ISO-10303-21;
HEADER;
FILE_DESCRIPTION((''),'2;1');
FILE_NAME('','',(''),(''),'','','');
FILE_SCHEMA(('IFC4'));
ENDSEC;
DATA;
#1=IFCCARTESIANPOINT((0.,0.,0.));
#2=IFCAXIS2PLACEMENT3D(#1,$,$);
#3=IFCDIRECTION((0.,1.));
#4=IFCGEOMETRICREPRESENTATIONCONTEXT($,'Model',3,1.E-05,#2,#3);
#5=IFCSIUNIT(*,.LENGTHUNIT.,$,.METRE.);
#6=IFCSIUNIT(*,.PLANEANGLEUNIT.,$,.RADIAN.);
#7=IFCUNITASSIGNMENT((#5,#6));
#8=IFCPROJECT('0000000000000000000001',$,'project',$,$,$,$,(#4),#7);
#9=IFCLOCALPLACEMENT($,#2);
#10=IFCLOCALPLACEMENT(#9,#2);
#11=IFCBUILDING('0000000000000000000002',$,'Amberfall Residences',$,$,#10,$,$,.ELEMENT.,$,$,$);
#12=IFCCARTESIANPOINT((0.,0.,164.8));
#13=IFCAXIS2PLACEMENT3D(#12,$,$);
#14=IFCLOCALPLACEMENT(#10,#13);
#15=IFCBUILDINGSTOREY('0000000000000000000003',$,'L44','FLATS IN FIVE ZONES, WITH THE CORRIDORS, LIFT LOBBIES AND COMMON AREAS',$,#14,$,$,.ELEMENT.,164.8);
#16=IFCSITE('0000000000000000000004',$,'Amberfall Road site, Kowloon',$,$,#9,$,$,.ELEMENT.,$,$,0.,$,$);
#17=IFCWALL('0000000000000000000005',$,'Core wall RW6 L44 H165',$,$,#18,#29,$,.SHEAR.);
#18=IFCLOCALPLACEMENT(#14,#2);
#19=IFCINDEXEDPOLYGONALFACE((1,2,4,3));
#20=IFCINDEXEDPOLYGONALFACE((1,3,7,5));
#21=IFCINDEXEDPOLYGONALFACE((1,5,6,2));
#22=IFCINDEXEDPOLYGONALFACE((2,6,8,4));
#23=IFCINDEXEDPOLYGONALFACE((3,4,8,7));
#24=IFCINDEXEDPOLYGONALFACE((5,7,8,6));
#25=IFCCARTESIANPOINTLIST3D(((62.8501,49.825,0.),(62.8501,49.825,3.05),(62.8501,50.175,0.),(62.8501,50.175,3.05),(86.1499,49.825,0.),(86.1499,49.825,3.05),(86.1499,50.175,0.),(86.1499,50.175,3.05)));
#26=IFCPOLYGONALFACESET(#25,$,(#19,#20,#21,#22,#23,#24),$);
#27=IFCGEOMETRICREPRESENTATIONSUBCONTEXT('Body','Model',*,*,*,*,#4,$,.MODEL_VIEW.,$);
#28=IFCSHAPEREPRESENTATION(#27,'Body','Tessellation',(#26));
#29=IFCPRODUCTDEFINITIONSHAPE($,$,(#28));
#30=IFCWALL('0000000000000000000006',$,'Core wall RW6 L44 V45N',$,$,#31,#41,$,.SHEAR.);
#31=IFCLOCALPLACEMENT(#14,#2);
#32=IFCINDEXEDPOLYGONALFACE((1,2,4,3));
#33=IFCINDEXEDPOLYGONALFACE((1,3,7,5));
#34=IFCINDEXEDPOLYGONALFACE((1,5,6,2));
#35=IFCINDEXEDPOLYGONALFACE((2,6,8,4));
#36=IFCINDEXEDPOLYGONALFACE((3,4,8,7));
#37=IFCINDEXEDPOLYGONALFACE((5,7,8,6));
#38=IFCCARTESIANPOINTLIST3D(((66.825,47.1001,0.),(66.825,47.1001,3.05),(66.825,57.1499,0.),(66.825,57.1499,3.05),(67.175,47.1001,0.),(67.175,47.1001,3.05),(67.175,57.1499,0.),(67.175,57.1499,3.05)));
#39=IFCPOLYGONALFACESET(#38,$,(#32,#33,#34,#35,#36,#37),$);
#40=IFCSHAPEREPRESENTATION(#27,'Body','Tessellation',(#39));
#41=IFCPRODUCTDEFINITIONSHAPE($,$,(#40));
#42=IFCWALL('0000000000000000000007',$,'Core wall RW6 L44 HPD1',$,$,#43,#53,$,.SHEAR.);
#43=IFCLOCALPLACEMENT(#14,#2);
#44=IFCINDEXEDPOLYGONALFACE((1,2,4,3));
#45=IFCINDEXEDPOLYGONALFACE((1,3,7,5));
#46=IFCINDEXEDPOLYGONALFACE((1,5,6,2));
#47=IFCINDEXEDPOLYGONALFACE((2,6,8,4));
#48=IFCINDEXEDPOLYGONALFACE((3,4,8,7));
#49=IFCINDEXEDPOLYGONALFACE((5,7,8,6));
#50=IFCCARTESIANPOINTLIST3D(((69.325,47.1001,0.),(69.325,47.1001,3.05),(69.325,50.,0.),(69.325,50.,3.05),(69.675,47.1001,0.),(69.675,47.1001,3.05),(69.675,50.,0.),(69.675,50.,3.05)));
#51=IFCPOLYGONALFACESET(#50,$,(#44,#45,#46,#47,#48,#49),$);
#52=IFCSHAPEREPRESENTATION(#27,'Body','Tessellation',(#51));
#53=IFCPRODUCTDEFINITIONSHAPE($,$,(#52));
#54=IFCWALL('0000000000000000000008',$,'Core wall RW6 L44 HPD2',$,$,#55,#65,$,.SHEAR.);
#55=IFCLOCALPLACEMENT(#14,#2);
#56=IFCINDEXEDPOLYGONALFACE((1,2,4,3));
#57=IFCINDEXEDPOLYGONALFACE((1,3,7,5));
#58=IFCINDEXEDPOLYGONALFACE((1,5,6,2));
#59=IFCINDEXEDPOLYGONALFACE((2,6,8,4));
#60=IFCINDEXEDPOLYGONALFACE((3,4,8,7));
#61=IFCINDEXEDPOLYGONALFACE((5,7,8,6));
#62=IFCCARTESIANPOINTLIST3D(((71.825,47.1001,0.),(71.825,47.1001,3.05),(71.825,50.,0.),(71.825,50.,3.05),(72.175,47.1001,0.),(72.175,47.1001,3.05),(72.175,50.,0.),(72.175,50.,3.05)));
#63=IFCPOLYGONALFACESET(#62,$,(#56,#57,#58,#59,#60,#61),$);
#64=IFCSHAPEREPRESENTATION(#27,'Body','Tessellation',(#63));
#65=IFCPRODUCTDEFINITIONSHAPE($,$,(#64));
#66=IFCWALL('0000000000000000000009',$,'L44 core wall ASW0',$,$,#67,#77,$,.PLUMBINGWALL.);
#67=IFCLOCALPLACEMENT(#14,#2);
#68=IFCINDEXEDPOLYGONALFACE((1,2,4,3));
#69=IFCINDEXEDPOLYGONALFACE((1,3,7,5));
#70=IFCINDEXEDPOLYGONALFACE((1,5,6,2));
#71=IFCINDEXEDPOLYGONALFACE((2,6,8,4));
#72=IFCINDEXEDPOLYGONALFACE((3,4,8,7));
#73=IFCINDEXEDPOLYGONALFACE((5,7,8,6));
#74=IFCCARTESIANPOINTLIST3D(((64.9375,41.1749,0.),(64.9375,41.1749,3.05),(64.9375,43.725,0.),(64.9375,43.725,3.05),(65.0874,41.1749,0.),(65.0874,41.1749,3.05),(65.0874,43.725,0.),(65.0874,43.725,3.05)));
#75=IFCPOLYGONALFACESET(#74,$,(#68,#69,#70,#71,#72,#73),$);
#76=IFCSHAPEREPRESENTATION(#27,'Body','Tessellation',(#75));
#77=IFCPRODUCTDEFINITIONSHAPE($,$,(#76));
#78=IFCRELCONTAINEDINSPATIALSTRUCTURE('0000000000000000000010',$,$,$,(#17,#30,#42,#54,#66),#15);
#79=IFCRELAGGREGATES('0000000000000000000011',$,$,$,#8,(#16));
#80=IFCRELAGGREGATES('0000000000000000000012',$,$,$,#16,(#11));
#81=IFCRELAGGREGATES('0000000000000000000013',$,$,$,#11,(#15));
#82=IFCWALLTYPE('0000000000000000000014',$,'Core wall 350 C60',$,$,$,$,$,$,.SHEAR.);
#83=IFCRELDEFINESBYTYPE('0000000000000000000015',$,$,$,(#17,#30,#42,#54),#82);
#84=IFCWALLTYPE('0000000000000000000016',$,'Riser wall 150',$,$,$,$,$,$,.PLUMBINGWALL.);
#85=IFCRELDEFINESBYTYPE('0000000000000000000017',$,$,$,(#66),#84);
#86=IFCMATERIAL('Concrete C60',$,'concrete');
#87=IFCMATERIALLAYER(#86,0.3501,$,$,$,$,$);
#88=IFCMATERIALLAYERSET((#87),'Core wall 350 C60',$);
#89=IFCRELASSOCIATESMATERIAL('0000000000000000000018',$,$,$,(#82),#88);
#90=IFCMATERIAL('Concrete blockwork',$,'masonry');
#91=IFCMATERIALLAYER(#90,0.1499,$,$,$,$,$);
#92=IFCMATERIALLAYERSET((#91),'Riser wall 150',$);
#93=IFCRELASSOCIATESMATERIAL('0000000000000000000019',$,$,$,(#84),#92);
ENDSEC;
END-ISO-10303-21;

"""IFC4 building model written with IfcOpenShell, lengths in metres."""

from ifc_helpers import new_model, si_unit, direction, frame, frame_2d, origin, place, context, subcontext, project, spatial, rectangle, extrude, material, layer, layer_set, type_object, element, save


model = new_model("IFC4")

# Units and contexts
model_context = context("Model", 3, precision=1e-05, world=origin(), true_north=direction((0.0, 1.0)))
body_context = subcontext(model_context, "Body", "Model", "MODEL_VIEW")
ifc_project = project(units=[si_unit("LENGTHUNIT", "METRE"), si_unit("PLANEANGLEUNIT", "RADIAN")], contexts=[model_context])

# Site, building, storey
site_placement = place(None, origin())
site = spatial("IfcSite", under=ifc_project, at=site_placement, Name="Amberfall Road site, Kowloon", CompositionType="ELEMENT", RefElevation=0.0)
building_placement = place(site_placement, origin())
building = spatial("IfcBuilding", under=site, at=building_placement, Name="Amberfall Residences", CompositionType="ELEMENT")
storey_placement = place(building_placement, frame((0.0, 0.0, 164.8)))
storey = spatial("IfcBuildingStorey", under=building, at=storey_placement, Name="L44", Description="FLATS IN FIVE ZONES, WITH THE CORRIDORS, LIFT LOBBIES AND COMMON AREAS", CompositionType="ELEMENT", Elevation=164.8)

# Shared definitions
ifc_material_1 = material(Name="Concrete C60", Category="concrete")
ifc_layer_1 = layer(ifc_material_1, 0.3501)
ifc_layer_set_1 = layer_set([ifc_layer_1], Name="Core wall 350 C60")
wall_type_1 = type_object("IfcWallType", Name="Core wall 350 C60", PredefinedType="SHEAR", material=ifc_layer_set_1)

# Walls
wall_1_placement = place(storey_placement, frame((62.8501, 50.0, 0.0), z_axis=(0.0, 0.0, 1.0), x_axis=(1.0, 0.0, 0.0)))
element("IfcWall", 1, at=wall_1_placement, inside=storey, type_object=wall_type_1, Name="Core wall RW6 L44 H165", PredefinedType="SHEAR", context=body_context, shape_type="SweptSolid", body=[
    extrude(rectangle(XDim=23.2998, YDim=0.3501, at=frame_2d((11.6499, 0.0))), origin(), (0.0, 0.0, 1.0), 3.05),
])
wall_2_placement = place(storey_placement, frame((67.0, 47.1001, 0.0), z_axis=(0.0, 0.0, 1.0), x_axis=(0.0, 1.0, 0.0)))
element("IfcWall", 2, at=wall_2_placement, inside=storey, type_object=wall_type_1, Name="Core wall RW6 L44 V45N", PredefinedType="SHEAR", context=body_context, shape_type="SweptSolid", body=[
    extrude(rectangle(XDim=10.0498, YDim=0.3501, at=frame_2d((5.0249, 0.0))), origin(), (0.0, 0.0, 1.0), 3.05),
])
for number, where, z_axis, x_axis, name in (
    (3, (69.5, 47.1001, 0.0), (0.0, 0.0, 1.0), (0.0, 1.0, 0.0), "Core wall RW6 L44 HPD1"),
    (4, (72.0, 47.1001, 0.0), (0.0, 0.0, 1.0), (0.0, 1.0, 0.0), "Core wall RW6 L44 HPD2"),
):
    element("IfcWall", number, at=place(storey_placement, frame(where, z_axis=z_axis, x_axis=x_axis)), inside=storey, type_object=wall_type_1, Name=name, PredefinedType="SHEAR", context=body_context, shape_type="SweptSolid", body=[
        extrude(rectangle(XDim=2.8999, YDim=0.3501, at=frame_2d((1.45, 0.0))), origin(), (0.0, 0.0, 1.0), 3.05),
    ])
ifc_material_2 = material(Name="Concrete blockwork", Category="masonry")
ifc_layer_2 = layer(ifc_material_2, 0.1499)
ifc_layer_set_2 = layer_set([ifc_layer_2], Name="Riser wall 150")
wall_type_2 = type_object("IfcWallType", Name="Riser wall 150", PredefinedType="PLUMBINGWALL", material=ifc_layer_set_2)
wall_3_placement = place(storey_placement, frame((65.0125, 41.175, 0.0), z_axis=(0.0, 0.0, 1.0), x_axis=(0.0, 1.0, 0.0)))
element("IfcWall", 5, at=wall_3_placement, inside=storey, type_object=wall_type_2, Name="L44 core wall ASW0", PredefinedType="PLUMBINGWALL", context=body_context, shape_type="SweptSolid", body=[
    extrude(rectangle(XDim=2.55, YDim=0.1499, at=frame_2d((1.2749, 0.0))), origin(), (0.0, 0.0, 1.0), 3.05),
])

save(model, "model.ifc")
